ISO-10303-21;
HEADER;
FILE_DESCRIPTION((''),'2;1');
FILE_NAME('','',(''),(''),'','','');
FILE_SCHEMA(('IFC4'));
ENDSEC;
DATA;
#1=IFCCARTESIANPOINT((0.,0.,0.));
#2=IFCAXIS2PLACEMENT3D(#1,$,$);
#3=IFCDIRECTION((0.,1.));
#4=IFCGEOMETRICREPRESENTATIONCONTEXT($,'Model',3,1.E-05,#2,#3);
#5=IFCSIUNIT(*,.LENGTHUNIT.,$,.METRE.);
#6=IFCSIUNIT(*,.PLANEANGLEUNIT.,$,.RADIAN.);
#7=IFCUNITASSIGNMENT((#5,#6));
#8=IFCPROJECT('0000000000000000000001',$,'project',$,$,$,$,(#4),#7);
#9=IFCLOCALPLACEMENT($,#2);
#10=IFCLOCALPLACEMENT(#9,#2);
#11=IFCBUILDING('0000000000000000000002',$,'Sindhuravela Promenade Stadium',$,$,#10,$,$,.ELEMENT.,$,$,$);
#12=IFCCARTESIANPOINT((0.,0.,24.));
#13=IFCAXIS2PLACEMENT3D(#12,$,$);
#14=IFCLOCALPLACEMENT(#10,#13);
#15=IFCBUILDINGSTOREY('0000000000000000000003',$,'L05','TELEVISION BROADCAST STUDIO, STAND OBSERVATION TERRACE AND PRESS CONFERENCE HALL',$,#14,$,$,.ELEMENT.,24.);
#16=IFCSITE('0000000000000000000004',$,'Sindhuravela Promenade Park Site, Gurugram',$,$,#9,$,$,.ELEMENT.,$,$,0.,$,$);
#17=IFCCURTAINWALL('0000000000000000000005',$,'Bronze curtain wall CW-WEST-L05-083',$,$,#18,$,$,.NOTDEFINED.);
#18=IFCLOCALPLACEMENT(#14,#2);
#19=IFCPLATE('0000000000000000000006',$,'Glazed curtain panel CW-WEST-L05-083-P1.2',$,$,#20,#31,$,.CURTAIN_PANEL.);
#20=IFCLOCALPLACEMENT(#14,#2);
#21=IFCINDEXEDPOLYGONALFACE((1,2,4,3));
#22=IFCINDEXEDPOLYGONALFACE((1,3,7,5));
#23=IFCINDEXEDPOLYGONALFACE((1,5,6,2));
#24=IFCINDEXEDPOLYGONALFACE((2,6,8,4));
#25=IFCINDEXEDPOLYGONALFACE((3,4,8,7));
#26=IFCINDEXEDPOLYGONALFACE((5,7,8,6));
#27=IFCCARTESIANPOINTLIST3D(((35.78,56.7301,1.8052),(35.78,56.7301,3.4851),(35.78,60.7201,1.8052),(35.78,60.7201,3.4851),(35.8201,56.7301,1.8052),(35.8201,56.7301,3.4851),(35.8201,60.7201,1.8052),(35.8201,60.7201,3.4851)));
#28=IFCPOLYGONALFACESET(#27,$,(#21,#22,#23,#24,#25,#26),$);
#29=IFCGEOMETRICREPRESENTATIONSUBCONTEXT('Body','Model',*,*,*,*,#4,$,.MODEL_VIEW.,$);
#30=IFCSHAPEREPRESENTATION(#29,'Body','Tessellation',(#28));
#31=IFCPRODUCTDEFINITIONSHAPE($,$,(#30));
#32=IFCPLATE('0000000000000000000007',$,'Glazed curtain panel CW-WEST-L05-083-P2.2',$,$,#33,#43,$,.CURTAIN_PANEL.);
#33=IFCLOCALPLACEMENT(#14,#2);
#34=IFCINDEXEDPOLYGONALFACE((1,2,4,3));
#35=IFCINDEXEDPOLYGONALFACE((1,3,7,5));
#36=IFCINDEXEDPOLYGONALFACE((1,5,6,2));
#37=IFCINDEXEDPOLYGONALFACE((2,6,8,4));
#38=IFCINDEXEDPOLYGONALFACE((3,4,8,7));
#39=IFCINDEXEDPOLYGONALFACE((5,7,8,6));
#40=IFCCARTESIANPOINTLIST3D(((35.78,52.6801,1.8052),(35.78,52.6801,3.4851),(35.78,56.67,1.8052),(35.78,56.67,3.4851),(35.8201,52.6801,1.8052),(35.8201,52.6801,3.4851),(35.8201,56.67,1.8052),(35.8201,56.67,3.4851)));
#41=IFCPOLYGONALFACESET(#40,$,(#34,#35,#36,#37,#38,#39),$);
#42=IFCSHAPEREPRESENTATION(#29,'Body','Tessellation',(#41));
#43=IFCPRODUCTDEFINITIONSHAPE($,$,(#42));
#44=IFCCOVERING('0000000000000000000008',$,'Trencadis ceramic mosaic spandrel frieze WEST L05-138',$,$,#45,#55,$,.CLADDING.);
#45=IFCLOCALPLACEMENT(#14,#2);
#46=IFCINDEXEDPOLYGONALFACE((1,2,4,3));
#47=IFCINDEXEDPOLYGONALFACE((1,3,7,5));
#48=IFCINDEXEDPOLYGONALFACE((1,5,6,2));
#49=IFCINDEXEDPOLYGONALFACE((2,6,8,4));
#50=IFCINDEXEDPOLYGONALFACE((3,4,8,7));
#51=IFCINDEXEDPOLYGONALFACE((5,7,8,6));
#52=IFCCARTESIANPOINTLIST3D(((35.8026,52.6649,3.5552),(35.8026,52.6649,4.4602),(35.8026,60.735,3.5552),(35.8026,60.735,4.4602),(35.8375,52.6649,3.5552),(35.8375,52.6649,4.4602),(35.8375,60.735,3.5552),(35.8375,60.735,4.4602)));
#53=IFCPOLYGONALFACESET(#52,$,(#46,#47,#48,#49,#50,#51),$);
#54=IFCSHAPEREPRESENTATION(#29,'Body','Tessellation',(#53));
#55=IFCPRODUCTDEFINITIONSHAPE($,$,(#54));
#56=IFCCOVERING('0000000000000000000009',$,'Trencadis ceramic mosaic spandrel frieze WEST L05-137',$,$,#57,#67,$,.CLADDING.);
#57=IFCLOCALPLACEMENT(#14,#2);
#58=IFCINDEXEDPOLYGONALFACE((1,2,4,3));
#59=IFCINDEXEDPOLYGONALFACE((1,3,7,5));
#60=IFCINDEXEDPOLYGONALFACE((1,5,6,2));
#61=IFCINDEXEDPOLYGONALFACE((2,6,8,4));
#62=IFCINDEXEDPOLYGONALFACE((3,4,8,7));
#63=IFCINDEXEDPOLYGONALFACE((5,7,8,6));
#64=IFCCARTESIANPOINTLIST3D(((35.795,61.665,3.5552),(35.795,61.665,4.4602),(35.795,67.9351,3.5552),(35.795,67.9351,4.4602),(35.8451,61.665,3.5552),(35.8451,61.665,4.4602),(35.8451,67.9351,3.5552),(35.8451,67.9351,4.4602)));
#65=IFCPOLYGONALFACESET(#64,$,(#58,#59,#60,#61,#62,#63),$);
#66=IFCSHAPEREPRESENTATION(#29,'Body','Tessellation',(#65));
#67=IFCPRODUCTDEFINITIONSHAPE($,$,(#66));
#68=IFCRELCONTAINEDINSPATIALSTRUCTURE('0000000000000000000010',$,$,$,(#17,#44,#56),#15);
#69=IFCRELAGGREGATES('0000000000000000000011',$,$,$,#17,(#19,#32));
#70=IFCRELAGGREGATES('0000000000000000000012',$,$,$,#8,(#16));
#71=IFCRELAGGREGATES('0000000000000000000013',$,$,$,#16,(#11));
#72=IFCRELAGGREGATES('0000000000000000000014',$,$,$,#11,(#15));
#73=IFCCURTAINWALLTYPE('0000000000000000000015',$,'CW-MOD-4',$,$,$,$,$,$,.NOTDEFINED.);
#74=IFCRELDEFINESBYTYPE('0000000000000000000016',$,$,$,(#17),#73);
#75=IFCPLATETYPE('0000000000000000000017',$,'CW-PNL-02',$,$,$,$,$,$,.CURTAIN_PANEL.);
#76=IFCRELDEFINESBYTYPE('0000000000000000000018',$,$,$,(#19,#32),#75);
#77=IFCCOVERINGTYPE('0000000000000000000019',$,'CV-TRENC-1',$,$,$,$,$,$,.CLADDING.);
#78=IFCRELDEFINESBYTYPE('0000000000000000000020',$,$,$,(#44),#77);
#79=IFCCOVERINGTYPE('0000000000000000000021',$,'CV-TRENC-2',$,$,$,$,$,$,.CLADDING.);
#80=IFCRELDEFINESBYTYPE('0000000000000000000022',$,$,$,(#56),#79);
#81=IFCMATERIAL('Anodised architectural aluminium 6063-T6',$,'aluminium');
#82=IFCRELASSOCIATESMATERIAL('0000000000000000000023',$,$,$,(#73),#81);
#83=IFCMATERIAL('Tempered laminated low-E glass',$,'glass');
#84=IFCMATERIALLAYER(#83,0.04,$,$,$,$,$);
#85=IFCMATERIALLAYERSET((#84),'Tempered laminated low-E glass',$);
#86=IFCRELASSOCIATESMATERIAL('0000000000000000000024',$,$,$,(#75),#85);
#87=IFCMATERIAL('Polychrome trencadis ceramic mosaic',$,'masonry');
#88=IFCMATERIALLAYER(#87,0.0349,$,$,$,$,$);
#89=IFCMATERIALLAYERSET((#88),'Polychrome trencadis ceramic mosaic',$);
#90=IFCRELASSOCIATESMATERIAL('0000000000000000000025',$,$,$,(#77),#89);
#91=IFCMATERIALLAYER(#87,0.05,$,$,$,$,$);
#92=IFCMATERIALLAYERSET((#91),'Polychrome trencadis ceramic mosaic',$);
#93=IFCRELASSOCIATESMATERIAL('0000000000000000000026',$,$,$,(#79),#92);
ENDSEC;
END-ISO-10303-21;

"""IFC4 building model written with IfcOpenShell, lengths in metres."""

from ifc_helpers import new_model, si_unit, direction, frame, origin, origin_2d, place, context, subcontext, project, spatial, rectangle, extrude, material, layer, layer_set, type_object, element, aggregate, save


model = new_model("IFC4")

# Units and contexts
model_context = context("Model", 3, precision=1e-05, world=origin(), true_north=direction((0.0, 1.0)))
body_context = subcontext(model_context, "Body", "Model", "MODEL_VIEW")
ifc_project = project(units=[si_unit("LENGTHUNIT", "METRE"), si_unit("PLANEANGLEUNIT", "RADIAN")], contexts=[model_context])

# Site, building, storey
site_placement = place(None, origin())
site = spatial("IfcSite", under=ifc_project, at=site_placement, Name="Sindhuravela Promenade Park Site, Gurugram", CompositionType="ELEMENT", RefElevation=0.0)
building_placement = place(site_placement, origin())
building = spatial("IfcBuilding", under=site, at=building_placement, Name="Sindhuravela Promenade Stadium", CompositionType="ELEMENT")
storey_placement = place(building_placement, frame((0.0, 0.0, 24.0)))
storey = spatial("IfcBuildingStorey", under=building, at=storey_placement, Name="L05", Description="TELEVISION BROADCAST STUDIO, STAND OBSERVATION TERRACE AND PRESS CONFERENCE HALL", CompositionType="ELEMENT", Elevation=24.0)

# Curtain wall
ifc_material_1 = material(Name="Anodised architectural aluminium 6063-T6", Category="aluminium")
curtain_wall_type_1 = type_object("IfcCurtainWallType", Name="CW-MOD-4", PredefinedType="NOTDEFINED", material=ifc_material_1)
curtain_wall_1_placement = place(storey_placement, origin())
curtain_wall_1 = element("IfcCurtainWall", 1, at=curtain_wall_1_placement, inside=storey, type_object=curtain_wall_type_1, Name="Bronze curtain wall CW-WEST-L05-083", PredefinedType="NOTDEFINED")

# Plates
ifc_material_2 = material(Name="Tempered laminated low-E glass", Category="glass")
ifc_layer_1 = layer(ifc_material_2, 0.04)
ifc_layer_set_1 = layer_set([ifc_layer_1], Name="Tempered laminated low-E glass")
plate_type_1 = type_object("IfcPlateType", Name="CW-PNL-02", PredefinedType="CURTAIN_PANEL", material=ifc_layer_set_1)
plate_1_placement = place(storey_placement, frame((35.8, 58.7251, 1.8052), z_axis=(0.0, 0.0, 1.0), x_axis=(0.0, -1.0, 0.0)))
plate_1 = element("IfcPlate", 2, at=plate_1_placement, type_object=plate_type_1, Name="Glazed curtain panel CW-WEST-L05-083-P1.2", PredefinedType="CURTAIN_PANEL", context=body_context, shape_type="SweptSolid", body=[
    extrude(rectangle(XDim=3.99, YDim=0.04, at=origin_2d()), origin(), (0.0, 0.0, 1.0), 1.6799),
])
plate_2_placement = place(storey_placement, frame((35.8, 54.675, 1.8052), z_axis=(0.0, 0.0, 1.0), x_axis=(0.0, -1.0, 0.0)))
plate_2 = element("IfcPlate", 3, at=plate_2_placement, type_object=plate_type_1, Name="Glazed curtain panel CW-WEST-L05-083-P2.2", PredefinedType="CURTAIN_PANEL", context=body_context, shape_type="SweptSolid", body=[
    extrude(rectangle(XDim=3.99, YDim=0.04, at=origin_2d()), origin(), (0.0, 0.0, 1.0), 1.6799),
])
aggregate(curtain_wall_1, [plate_1, plate_2])

# Coverings
ifc_material_3 = material(Name="Polychrome trencadis ceramic mosaic", Category="masonry")
ifc_layer_2 = layer(ifc_material_3, 0.0349)
ifc_layer_set_2 = layer_set([ifc_layer_2], Name="Polychrome trencadis ceramic mosaic")
covering_type_1 = type_object("IfcCoveringType", Name="CV-TRENC-1", PredefinedType="CLADDING", material=ifc_layer_set_2)
covering_1_placement = place(storey_placement, frame((35.8201, 56.7, 3.5552), z_axis=(0.0, 0.0, 1.0), x_axis=(0.0, -1.0, 0.0)))
element("IfcCovering", 4, at=covering_1_placement, inside=storey, type_object=covering_type_1, Name="Trencadis ceramic mosaic spandrel frieze WEST L05-138", PredefinedType="CLADDING", context=body_context, shape_type="SweptSolid", body=[
    extrude(rectangle(XDim=8.0701, YDim=0.0349, at=origin_2d()), origin(), (0.0, 0.0, 1.0), 0.905),
])
ifc_layer_3 = layer(ifc_material_3, 0.05)
ifc_layer_set_3 = layer_set([ifc_layer_3], Name="Polychrome trencadis ceramic mosaic")
covering_type_2 = type_object("IfcCoveringType", Name="CV-TRENC-2", PredefinedType="CLADDING", material=ifc_layer_set_3)
covering_2_placement = place(storey_placement, frame((35.8201, 64.8, 3.5552), z_axis=(0.0, 0.0, 1.0), x_axis=(0.0, -1.0, 0.0)))
element("IfcCovering", 5, at=covering_2_placement, inside=storey, type_object=covering_type_2, Name="Trencadis ceramic mosaic spandrel frieze WEST L05-137", PredefinedType="CLADDING", context=body_context, shape_type="SweptSolid", body=[
    extrude(rectangle(XDim=6.27, YDim=0.05, at=origin_2d()), origin(), (0.0, 0.0, 1.0), 0.905),
])

save(model, "model.ifc")
